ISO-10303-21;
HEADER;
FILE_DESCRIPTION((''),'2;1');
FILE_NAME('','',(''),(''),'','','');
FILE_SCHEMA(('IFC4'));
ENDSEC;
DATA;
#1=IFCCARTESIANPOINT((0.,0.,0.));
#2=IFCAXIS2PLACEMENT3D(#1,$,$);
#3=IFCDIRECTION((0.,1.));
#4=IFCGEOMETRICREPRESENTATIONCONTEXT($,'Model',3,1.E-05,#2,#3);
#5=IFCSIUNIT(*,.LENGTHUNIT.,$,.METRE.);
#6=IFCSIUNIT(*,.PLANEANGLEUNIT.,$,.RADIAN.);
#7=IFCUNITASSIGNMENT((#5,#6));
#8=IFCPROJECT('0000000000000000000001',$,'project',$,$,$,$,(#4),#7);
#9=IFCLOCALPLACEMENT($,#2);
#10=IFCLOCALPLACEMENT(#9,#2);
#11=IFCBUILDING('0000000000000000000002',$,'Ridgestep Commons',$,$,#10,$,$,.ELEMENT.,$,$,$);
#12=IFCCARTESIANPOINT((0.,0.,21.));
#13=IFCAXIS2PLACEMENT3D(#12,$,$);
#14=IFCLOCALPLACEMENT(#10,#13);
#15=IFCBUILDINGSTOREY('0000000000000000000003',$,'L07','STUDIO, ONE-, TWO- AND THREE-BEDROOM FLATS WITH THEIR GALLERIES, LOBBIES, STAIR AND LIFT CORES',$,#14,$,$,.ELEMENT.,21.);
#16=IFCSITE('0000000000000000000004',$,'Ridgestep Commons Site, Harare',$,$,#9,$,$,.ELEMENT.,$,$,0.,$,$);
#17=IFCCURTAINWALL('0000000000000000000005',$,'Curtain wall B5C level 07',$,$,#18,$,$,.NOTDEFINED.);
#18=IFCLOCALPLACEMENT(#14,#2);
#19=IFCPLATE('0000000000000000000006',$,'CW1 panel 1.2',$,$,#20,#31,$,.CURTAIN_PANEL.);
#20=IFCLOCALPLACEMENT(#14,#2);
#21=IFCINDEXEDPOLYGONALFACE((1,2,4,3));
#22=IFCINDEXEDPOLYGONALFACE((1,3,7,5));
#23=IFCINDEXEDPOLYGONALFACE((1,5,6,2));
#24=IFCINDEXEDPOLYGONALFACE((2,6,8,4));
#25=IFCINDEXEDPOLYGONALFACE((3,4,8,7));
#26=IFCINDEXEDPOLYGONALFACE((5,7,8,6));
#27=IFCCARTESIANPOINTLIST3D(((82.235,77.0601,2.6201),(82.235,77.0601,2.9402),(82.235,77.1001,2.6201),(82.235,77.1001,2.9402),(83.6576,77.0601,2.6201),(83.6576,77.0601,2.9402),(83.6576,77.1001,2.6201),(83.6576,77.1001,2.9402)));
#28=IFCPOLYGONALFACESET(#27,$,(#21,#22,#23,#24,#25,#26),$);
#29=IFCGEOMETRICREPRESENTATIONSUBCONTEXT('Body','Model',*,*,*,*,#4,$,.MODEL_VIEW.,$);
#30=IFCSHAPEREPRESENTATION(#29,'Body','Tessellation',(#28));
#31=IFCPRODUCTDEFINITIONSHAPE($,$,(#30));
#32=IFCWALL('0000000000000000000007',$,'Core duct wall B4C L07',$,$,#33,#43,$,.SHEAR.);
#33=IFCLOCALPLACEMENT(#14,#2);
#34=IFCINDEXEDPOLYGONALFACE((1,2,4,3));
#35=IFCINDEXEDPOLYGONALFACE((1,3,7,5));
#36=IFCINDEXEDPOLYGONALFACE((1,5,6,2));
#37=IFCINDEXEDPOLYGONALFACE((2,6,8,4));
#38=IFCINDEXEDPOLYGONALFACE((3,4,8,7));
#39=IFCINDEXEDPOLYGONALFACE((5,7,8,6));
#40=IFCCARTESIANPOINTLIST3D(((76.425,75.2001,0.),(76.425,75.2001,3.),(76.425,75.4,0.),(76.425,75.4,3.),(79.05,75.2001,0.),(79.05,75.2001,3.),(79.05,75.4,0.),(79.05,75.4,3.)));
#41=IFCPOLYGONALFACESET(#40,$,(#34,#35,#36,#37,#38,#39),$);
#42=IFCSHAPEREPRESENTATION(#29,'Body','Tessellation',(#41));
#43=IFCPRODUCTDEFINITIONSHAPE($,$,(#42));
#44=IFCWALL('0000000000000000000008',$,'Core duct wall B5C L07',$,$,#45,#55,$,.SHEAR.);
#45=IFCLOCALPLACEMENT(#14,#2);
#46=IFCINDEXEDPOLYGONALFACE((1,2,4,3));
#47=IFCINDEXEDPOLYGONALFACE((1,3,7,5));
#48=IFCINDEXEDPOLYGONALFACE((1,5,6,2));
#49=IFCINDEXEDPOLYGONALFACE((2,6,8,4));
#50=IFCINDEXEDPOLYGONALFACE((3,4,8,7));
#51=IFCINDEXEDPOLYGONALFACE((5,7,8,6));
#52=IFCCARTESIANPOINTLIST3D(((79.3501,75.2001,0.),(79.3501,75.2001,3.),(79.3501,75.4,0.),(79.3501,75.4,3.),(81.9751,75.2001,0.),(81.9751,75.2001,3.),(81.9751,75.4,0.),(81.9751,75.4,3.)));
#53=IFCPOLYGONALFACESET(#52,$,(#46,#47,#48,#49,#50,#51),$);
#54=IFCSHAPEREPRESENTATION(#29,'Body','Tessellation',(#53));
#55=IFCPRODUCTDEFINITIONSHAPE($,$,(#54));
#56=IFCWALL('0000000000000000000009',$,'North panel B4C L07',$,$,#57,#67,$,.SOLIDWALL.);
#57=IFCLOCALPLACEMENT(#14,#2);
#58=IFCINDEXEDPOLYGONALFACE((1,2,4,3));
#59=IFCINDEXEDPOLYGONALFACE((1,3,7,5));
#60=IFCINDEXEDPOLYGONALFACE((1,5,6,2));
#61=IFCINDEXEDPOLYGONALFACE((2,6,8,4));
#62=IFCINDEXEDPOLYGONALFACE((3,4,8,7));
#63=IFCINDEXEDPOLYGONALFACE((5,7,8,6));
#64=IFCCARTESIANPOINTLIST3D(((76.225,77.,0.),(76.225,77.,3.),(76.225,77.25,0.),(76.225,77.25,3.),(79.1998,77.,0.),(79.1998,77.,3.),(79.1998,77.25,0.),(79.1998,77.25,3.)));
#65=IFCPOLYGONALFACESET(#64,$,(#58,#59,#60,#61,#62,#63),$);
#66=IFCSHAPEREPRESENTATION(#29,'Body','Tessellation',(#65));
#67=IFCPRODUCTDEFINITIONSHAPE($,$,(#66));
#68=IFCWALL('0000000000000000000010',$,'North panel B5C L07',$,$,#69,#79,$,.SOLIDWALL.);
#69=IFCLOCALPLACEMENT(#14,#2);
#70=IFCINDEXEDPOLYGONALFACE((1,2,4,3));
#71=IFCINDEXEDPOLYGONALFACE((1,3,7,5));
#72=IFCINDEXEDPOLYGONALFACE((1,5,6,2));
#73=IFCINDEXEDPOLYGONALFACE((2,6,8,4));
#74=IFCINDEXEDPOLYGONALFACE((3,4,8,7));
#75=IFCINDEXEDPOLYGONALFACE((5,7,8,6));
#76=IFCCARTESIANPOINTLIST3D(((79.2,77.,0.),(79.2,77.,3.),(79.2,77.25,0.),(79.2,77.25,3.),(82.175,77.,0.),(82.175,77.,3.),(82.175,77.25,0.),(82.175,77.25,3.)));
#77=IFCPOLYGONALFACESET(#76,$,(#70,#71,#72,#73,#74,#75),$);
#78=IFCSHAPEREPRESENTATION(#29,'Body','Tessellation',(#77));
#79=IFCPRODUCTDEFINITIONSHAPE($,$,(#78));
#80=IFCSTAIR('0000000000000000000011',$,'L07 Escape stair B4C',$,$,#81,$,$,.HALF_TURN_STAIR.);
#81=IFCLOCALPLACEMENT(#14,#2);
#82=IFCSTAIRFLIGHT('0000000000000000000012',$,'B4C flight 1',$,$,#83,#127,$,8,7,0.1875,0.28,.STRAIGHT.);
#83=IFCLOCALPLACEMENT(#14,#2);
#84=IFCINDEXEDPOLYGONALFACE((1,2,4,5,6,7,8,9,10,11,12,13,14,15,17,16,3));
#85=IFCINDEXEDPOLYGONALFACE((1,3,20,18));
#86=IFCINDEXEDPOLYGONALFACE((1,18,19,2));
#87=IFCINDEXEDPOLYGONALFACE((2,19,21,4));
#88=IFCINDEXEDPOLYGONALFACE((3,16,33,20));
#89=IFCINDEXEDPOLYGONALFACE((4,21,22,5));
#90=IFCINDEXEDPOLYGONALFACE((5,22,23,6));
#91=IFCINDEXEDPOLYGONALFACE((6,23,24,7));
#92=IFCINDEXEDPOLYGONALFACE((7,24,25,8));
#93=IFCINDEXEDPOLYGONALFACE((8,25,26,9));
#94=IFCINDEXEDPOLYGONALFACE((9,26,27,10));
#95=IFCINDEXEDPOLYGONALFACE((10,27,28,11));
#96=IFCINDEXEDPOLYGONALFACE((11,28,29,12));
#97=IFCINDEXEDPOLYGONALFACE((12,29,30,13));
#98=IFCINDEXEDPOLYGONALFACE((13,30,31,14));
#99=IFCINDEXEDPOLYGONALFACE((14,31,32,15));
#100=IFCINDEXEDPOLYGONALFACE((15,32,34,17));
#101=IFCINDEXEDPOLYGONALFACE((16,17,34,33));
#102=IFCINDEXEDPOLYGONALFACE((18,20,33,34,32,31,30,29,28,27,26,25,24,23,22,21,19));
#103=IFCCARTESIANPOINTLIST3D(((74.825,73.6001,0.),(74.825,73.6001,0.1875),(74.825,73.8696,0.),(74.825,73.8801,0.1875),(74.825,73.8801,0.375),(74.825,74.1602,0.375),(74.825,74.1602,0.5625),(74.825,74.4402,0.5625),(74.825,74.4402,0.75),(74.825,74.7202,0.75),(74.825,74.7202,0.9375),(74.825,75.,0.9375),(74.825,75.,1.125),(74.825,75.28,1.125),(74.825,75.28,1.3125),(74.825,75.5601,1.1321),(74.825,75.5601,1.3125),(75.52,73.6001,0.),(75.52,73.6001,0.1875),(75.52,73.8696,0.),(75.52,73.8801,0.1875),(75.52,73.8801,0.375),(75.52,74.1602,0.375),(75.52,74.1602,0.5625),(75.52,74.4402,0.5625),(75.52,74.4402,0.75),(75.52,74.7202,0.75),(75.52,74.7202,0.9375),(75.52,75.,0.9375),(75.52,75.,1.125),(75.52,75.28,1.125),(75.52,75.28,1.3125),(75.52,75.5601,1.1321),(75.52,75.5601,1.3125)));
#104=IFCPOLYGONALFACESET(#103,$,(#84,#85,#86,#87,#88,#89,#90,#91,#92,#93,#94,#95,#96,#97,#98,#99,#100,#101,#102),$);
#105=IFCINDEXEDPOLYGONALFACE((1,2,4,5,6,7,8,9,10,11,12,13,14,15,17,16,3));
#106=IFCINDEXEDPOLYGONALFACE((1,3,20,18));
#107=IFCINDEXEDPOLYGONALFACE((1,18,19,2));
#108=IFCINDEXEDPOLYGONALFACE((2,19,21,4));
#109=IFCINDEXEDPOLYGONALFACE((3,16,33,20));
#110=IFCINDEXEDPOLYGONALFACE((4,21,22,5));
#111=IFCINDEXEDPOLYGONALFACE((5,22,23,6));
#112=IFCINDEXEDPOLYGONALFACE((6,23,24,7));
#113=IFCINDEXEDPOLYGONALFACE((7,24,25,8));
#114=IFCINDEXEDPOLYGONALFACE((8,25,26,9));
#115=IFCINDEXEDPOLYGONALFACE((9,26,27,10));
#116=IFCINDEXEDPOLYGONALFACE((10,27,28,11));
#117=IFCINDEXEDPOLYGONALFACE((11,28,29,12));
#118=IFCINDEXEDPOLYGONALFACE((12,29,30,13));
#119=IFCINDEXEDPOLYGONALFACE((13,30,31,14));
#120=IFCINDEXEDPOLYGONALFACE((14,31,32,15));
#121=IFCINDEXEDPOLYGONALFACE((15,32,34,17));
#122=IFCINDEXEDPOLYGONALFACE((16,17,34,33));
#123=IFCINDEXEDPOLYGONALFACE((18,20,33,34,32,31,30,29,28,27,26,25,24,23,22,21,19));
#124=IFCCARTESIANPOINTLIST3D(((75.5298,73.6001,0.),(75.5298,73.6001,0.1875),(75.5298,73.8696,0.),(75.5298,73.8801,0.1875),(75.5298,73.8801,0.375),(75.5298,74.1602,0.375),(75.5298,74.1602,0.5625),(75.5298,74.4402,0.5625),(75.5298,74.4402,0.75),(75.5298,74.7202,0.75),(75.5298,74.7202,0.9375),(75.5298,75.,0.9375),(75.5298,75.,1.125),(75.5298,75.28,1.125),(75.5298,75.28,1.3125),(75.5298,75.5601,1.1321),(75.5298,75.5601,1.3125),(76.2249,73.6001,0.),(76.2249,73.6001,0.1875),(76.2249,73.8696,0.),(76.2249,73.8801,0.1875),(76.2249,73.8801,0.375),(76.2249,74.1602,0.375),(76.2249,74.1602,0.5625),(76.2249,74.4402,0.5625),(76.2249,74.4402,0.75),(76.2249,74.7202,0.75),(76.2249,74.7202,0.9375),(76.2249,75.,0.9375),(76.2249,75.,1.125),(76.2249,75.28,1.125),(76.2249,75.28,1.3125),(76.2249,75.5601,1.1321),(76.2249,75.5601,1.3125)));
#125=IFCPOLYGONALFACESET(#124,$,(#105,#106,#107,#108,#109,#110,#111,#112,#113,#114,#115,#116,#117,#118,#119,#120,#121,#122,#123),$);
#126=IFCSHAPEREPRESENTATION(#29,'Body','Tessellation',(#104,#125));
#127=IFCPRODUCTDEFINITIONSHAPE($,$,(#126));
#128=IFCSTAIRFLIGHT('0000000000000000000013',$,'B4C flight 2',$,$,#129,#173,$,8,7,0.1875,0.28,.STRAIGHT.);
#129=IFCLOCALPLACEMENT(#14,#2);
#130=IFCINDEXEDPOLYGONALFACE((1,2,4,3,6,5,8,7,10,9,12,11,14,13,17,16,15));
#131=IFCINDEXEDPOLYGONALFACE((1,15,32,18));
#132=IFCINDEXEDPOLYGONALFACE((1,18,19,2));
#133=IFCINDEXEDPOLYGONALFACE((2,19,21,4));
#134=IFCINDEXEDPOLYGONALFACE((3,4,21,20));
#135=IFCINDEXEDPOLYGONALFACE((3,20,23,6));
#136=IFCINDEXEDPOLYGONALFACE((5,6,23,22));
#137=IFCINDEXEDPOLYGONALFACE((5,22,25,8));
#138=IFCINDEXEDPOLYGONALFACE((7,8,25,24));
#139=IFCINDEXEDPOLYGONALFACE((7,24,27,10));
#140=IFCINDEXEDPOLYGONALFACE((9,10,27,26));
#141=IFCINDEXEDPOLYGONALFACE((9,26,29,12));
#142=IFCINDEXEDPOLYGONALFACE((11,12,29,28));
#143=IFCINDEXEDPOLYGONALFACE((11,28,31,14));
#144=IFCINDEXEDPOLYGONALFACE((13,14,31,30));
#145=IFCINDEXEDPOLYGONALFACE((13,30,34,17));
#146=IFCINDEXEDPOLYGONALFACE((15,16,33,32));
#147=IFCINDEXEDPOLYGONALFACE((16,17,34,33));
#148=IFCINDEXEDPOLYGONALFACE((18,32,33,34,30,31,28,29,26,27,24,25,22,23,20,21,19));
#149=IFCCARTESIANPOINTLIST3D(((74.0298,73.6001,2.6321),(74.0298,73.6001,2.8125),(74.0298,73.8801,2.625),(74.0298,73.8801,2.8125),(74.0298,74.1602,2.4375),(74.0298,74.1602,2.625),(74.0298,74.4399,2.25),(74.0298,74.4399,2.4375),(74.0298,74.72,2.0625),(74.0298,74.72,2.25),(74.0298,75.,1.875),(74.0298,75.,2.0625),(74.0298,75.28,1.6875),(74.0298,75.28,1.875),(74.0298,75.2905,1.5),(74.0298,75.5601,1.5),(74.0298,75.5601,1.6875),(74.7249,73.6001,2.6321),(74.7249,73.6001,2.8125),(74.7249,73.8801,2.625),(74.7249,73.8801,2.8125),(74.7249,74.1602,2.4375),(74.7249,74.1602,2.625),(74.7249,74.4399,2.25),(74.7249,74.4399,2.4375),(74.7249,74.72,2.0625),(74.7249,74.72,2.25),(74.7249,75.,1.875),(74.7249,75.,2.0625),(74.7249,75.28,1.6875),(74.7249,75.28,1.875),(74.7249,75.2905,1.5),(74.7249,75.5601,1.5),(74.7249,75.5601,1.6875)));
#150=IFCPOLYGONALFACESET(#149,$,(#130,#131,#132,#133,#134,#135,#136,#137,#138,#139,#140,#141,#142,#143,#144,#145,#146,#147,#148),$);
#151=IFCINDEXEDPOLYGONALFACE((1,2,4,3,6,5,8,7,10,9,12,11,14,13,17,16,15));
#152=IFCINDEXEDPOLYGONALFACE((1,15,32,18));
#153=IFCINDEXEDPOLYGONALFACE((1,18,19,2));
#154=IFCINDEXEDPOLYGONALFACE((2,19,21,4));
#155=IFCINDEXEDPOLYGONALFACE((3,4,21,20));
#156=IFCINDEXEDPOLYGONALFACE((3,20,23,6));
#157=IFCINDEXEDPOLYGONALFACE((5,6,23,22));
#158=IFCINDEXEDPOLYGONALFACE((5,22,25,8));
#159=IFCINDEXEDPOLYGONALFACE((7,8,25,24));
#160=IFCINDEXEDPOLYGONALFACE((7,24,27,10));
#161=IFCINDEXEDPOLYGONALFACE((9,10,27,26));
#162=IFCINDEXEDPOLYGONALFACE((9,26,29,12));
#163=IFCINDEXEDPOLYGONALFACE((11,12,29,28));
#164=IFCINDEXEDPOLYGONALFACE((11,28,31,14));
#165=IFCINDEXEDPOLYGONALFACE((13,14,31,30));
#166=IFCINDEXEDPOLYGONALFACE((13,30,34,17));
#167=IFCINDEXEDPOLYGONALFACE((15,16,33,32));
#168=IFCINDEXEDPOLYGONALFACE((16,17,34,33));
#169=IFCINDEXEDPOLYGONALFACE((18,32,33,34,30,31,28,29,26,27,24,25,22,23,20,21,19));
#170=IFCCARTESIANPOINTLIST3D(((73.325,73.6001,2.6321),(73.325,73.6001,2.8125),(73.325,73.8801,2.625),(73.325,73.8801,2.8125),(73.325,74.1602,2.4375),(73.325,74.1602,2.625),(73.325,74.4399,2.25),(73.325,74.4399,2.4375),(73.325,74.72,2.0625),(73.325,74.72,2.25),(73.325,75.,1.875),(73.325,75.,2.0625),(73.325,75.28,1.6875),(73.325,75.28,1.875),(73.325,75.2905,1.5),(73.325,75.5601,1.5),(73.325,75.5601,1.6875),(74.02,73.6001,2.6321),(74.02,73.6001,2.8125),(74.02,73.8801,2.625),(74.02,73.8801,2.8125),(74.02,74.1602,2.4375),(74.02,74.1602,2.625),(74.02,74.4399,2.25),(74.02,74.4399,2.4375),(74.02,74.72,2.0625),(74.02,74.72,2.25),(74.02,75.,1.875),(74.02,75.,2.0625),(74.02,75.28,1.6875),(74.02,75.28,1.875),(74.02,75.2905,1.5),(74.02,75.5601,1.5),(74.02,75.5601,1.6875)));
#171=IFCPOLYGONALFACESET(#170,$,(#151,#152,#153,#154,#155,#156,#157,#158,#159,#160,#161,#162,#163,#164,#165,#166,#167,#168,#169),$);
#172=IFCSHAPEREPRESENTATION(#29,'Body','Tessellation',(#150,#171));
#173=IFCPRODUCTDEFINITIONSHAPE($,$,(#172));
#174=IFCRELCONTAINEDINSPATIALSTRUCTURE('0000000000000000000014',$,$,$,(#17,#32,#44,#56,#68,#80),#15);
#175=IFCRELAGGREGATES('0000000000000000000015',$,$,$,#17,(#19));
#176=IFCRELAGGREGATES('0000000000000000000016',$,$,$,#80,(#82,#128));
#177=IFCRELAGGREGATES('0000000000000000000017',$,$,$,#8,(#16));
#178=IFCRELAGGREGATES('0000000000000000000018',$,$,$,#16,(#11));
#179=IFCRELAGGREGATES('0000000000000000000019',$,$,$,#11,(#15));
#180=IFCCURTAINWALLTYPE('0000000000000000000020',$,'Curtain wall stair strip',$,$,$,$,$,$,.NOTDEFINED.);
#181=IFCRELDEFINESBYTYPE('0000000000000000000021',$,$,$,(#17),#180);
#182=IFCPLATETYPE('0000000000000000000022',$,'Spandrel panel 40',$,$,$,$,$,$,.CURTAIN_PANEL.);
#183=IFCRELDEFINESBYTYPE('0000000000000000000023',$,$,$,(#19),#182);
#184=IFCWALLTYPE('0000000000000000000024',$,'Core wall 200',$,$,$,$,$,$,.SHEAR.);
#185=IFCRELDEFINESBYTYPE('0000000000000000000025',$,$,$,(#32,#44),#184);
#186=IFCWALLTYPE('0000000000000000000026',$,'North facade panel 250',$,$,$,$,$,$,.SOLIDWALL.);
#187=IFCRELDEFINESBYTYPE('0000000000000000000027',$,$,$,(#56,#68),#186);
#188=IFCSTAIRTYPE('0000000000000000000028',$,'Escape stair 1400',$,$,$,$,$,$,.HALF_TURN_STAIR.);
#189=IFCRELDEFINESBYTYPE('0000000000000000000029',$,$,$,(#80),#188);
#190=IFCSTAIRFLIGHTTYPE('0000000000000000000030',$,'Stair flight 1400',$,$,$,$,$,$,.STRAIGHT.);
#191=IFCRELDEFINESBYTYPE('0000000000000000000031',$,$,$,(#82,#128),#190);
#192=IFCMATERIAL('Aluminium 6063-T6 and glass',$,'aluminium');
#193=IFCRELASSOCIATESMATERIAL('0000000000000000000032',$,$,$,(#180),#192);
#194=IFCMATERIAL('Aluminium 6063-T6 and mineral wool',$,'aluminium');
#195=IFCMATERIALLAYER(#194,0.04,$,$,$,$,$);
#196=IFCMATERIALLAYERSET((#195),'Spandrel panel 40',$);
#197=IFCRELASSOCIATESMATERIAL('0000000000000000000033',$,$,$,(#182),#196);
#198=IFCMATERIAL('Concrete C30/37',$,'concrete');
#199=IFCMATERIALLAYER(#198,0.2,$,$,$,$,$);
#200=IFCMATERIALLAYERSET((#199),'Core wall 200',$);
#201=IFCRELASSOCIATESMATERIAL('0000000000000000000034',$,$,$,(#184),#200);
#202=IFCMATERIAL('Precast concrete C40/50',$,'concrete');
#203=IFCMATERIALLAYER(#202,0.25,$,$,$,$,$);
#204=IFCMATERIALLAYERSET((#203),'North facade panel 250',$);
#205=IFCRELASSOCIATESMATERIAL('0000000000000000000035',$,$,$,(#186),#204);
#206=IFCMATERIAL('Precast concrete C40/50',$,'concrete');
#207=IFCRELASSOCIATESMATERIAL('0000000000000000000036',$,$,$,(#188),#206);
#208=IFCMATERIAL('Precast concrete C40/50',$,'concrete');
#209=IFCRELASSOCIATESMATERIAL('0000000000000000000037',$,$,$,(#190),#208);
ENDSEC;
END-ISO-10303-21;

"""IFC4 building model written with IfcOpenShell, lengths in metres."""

from ifc_helpers import new_model, si_unit, direction, frame, frame_2d, origin, origin_2d, place, context, subcontext, project, spatial, polyline, rectangle, outline, extrude, material, layer, layer_set, type_object, element, aggregate, save


model = new_model("IFC4")

# Units and contexts
model_context = context("Model", 3, precision=1e-05, world=origin(), true_north=direction((0.0, 1.0)))
body_context = subcontext(model_context, "Body", "Model", "MODEL_VIEW")
ifc_project = project(units=[si_unit("LENGTHUNIT", "METRE"), si_unit("PLANEANGLEUNIT", "RADIAN")], contexts=[model_context])

# Site, building, storey
site_placement = place(None, origin())
site = spatial("IfcSite", under=ifc_project, at=site_placement, Name="Ridgestep Commons Site, Harare", CompositionType="ELEMENT", RefElevation=0.0)
building_placement = place(site_placement, origin())
building = spatial("IfcBuilding", under=site, at=building_placement, Name="Ridgestep Commons", CompositionType="ELEMENT")
storey_placement = place(building_placement, frame((0.0, 0.0, 21.0)))
storey = spatial("IfcBuildingStorey", under=building, at=storey_placement, Name="L07", Description="STUDIO, ONE-, TWO- AND THREE-BEDROOM FLATS WITH THEIR GALLERIES, LOBBIES, STAIR AND LIFT CORES", CompositionType="ELEMENT", Elevation=21.0)

# Shared definitions
ifc_material_1 = material(Name="Aluminium 6063-T6 and glass", Category="aluminium")
curtain_wall_type = type_object("IfcCurtainWallType", Name="Curtain wall stair strip", PredefinedType="NOTDEFINED", material=ifc_material_1)

# Curtain wall
curtain_wall_1_placement = place(storey_placement, origin())
curtain_wall_1 = element("IfcCurtainWall", 1, at=curtain_wall_1_placement, inside=storey, type_object=curtain_wall_type, Name="Curtain wall B5C level 07", PredefinedType="NOTDEFINED")

# Plate
ifc_material_2 = material(Name="Aluminium 6063-T6 and mineral wool", Category="aluminium")
ifc_layer_1 = layer(ifc_material_2, 0.04)
ifc_layer_set_1 = layer_set([ifc_layer_1], Name="Spandrel panel 40")
plate_type_1 = type_object("IfcPlateType", Name="Spandrel panel 40", PredefinedType="CURTAIN_PANEL", material=ifc_layer_set_1)
plate_1_placement = place(storey_placement, frame((82.9463, 77.0801, 2.6201), z_axis=(0.0, 0.0, 1.0), x_axis=(1.0, 0.0, 0.0)))
plate_1 = element("IfcPlate", 2, at=plate_1_placement, type_object=plate_type_1, Name="CW1 panel 1.2", PredefinedType="CURTAIN_PANEL", context=body_context, shape_type="SweptSolid", body=[
    extrude(rectangle(XDim=1.4226, YDim=0.04, at=origin_2d()), origin(), (0.0, 0.0, 1.0), 0.3201),
])
aggregate(curtain_wall_1, [plate_1])

# Walls
ifc_material_3 = material(Name="Concrete C30/37", Category="concrete")
ifc_layer_2 = layer(ifc_material_3, 0.2)
ifc_layer_set_2 = layer_set([ifc_layer_2], Name="Core wall 200")
wall_type_1 = type_object("IfcWallType", Name="Core wall 200", PredefinedType="SHEAR", material=ifc_layer_set_2)
for number, where, z_axis, x_axis, name in (
    (3, (76.425, 75.3, 0.0), (0.0, 0.0, 1.0), (1.0, 0.0, 0.0), "Core duct wall B4C L07"),
    (4, (79.3501, 75.3, 0.0), (0.0, 0.0, 1.0), (1.0, 0.0, 0.0), "Core duct wall B5C L07"),
):
    element("IfcWall", number, at=place(storey_placement, frame(where, z_axis=z_axis, x_axis=x_axis)), inside=storey, type_object=wall_type_1, Name=name, PredefinedType="SHEAR", context=body_context, shape_type="SweptSolid", body=[
        extrude(rectangle(XDim=2.625, YDim=0.2, at=frame_2d((1.3125, 0.0))), origin(), (0.0, 0.0, 1.0), 3.0),
    ])
ifc_material_4 = material(Name="Precast concrete C40/50", Category="concrete")
ifc_layer_3 = layer(ifc_material_4, 0.25)
ifc_layer_set_3 = layer_set([ifc_layer_3], Name="North facade panel 250")
wall_type_2 = type_object("IfcWallType", Name="North facade panel 250", PredefinedType="SOLIDWALL", material=ifc_layer_set_3)
wall_1_placement = place(storey_placement, frame((76.2251, 77.125, 0.0), z_axis=(0.0, 0.0, 1.0), x_axis=(1.0, 0.0, 0.0)))
element("IfcWall", 5, at=wall_1_placement, inside=storey, type_object=wall_type_2, Name="North panel B4C L07", PredefinedType="SOLIDWALL", context=body_context, shape_type="SweptSolid", body=[
    extrude(rectangle(XDim=2.9749, YDim=0.25, at=frame_2d((1.4873, 0.0))), origin(), (0.0, 0.0, 1.0), 3.0),
])
wall_2_placement = place(storey_placement, frame((79.2, 77.125, 0.0), z_axis=(0.0, 0.0, 1.0), x_axis=(1.0, 0.0, 0.0)))
element("IfcWall", 6, at=wall_2_placement, inside=storey, type_object=wall_type_2, Name="North panel B5C L07", PredefinedType="SOLIDWALL", context=body_context, shape_type="SweptSolid", body=[
    extrude(rectangle(XDim=2.9751, YDim=0.25, at=frame_2d((1.4875, 0.0))), origin(), (0.0, 0.0, 1.0), 3.0),
])

# Stair, stair flights
ifc_material_5 = material(Name="Precast concrete C40/50", Category="concrete")
stair_type = type_object("IfcStairType", Name="Escape stair 1400", PredefinedType="HALF_TURN_STAIR", material=ifc_material_5)
stair_1_placement = place(storey_placement, origin())
stair_1 = element("IfcStair", 7, at=stair_1_placement, inside=storey, type_object=stair_type, Name="L07 Escape stair B4C", PredefinedType="HALF_TURN_STAIR")
ifc_material_6 = material(Name="Precast concrete C40/50", Category="concrete")
stair_flight_type = type_object("IfcStairFlightType", Name="Stair flight 1400", PredefinedType="STRAIGHT", material=ifc_material_6)
stair_flight_1_placement = place(storey_placement, frame((75.5249, 73.6001, 0.0), z_axis=(0.0, 0.0, 1.0), x_axis=(0.0, 1.0, 0.0)))
stair_flight_1 = element("IfcStairFlight", 8, at=stair_flight_1_placement, type_object=stair_flight_type, Name="B4C flight 1", NumberOfRisers=8, NumberOfTreads=7, PredefinedType="STRAIGHT", RiserHeight=0.1875, TreadLength=0.28, context=body_context, shape_type="SweptSolid", body=[
    extrude(outline(polyline([(0.0, 0.0), (0.0, 0.1875), (0.28, 0.1875), (0.28, 0.375), (0.5601, 0.375), (0.5601, 0.5625), (0.8401, 0.5625), (0.8401, 0.75), (1.1201, 0.75), (1.1201, 0.9375), (1.3999, 0.9375), (1.3999, 1.125), (1.6799, 1.125), (1.6799, 1.3125), (1.96, 1.3125), (1.96, 1.5), (1.96, 1.1321), (0.2695, 0.0), (0.0, 0.0)])), frame((0.0, 0.7, 0.0), z_axis=(0.0, -1.0, 0.0), x_axis=(1.0, 0.0, 0.0)), (0.0, 0.0, 1.0), 0.6951),
    extrude(outline(polyline([(0.0, 0.0), (0.0, 0.1875), (0.28, 0.1875), (0.28, 0.375), (0.5601, 0.375), (0.5601, 0.5625), (0.8401, 0.5625), (0.8401, 0.75), (1.1201, 0.75), (1.1201, 0.9375), (1.3999, 0.9375), (1.3999, 1.125), (1.6799, 1.125), (1.6799, 1.3125), (1.96, 1.3125), (1.96, 1.5), (1.96, 1.1321), (0.2695, 0.0), (0.0, 0.0)])), frame((0.0, -0.0049, 0.0), z_axis=(0.0, -1.0, 0.0), x_axis=(1.0, 0.0, 0.0)), (0.0, 0.0, 1.0), 0.6951),
])
stair_flight_2_placement = place(storey_placement, frame((74.0249, 75.5601, 1.5), z_axis=(0.0, 0.0, 1.0), x_axis=(0.0, -1.0, 0.0)))
stair_flight_2 = element("IfcStairFlight", 9, at=stair_flight_2_placement, type_object=stair_flight_type, Name="B4C flight 2", NumberOfRisers=8, NumberOfTreads=7, PredefinedType="STRAIGHT", RiserHeight=0.1875, TreadLength=0.28, context=body_context, shape_type="SweptSolid", body=[
    extrude(outline(polyline([(0.0, 0.0), (0.0, 0.1875), (0.28, 0.1875), (0.28, 0.375), (0.5601, 0.375), (0.5601, 0.5625), (0.8401, 0.5625), (0.8401, 0.75), (1.1201, 0.75), (1.1201, 0.9375), (1.3999, 0.9375), (1.3999, 1.125), (1.6799, 1.125), (1.6799, 1.3125), (1.96, 1.3125), (1.96, 1.5), (1.96, 1.1321), (0.2695, 0.0), (0.0, 0.0)])), frame((0.0, 0.7, 0.0), z_axis=(0.0, -1.0, 0.0), x_axis=(1.0, 0.0, 0.0)), (0.0, 0.0, 1.0), 0.6951),
    extrude(outline(polyline([(0.0, 0.0), (0.0, 0.1875), (0.28, 0.1875), (0.28, 0.375), (0.5601, 0.375), (0.5601, 0.5625), (0.8401, 0.5625), (0.8401, 0.75), (1.1201, 0.75), (1.1201, 0.9375), (1.3999, 0.9375), (1.3999, 1.125), (1.6799, 1.125), (1.6799, 1.3125), (1.96, 1.3125), (1.96, 1.5), (1.96, 1.1321), (0.2695, 0.0), (0.0, 0.0)])), frame((0.0, -0.0049, 0.0), z_axis=(0.0, -1.0, 0.0), x_axis=(1.0, 0.0, 0.0)), (0.0, 0.0, 1.0), 0.6951),
])
aggregate(stair_1, [stair_flight_1, stair_flight_2])

save(model, "model.ifc")
